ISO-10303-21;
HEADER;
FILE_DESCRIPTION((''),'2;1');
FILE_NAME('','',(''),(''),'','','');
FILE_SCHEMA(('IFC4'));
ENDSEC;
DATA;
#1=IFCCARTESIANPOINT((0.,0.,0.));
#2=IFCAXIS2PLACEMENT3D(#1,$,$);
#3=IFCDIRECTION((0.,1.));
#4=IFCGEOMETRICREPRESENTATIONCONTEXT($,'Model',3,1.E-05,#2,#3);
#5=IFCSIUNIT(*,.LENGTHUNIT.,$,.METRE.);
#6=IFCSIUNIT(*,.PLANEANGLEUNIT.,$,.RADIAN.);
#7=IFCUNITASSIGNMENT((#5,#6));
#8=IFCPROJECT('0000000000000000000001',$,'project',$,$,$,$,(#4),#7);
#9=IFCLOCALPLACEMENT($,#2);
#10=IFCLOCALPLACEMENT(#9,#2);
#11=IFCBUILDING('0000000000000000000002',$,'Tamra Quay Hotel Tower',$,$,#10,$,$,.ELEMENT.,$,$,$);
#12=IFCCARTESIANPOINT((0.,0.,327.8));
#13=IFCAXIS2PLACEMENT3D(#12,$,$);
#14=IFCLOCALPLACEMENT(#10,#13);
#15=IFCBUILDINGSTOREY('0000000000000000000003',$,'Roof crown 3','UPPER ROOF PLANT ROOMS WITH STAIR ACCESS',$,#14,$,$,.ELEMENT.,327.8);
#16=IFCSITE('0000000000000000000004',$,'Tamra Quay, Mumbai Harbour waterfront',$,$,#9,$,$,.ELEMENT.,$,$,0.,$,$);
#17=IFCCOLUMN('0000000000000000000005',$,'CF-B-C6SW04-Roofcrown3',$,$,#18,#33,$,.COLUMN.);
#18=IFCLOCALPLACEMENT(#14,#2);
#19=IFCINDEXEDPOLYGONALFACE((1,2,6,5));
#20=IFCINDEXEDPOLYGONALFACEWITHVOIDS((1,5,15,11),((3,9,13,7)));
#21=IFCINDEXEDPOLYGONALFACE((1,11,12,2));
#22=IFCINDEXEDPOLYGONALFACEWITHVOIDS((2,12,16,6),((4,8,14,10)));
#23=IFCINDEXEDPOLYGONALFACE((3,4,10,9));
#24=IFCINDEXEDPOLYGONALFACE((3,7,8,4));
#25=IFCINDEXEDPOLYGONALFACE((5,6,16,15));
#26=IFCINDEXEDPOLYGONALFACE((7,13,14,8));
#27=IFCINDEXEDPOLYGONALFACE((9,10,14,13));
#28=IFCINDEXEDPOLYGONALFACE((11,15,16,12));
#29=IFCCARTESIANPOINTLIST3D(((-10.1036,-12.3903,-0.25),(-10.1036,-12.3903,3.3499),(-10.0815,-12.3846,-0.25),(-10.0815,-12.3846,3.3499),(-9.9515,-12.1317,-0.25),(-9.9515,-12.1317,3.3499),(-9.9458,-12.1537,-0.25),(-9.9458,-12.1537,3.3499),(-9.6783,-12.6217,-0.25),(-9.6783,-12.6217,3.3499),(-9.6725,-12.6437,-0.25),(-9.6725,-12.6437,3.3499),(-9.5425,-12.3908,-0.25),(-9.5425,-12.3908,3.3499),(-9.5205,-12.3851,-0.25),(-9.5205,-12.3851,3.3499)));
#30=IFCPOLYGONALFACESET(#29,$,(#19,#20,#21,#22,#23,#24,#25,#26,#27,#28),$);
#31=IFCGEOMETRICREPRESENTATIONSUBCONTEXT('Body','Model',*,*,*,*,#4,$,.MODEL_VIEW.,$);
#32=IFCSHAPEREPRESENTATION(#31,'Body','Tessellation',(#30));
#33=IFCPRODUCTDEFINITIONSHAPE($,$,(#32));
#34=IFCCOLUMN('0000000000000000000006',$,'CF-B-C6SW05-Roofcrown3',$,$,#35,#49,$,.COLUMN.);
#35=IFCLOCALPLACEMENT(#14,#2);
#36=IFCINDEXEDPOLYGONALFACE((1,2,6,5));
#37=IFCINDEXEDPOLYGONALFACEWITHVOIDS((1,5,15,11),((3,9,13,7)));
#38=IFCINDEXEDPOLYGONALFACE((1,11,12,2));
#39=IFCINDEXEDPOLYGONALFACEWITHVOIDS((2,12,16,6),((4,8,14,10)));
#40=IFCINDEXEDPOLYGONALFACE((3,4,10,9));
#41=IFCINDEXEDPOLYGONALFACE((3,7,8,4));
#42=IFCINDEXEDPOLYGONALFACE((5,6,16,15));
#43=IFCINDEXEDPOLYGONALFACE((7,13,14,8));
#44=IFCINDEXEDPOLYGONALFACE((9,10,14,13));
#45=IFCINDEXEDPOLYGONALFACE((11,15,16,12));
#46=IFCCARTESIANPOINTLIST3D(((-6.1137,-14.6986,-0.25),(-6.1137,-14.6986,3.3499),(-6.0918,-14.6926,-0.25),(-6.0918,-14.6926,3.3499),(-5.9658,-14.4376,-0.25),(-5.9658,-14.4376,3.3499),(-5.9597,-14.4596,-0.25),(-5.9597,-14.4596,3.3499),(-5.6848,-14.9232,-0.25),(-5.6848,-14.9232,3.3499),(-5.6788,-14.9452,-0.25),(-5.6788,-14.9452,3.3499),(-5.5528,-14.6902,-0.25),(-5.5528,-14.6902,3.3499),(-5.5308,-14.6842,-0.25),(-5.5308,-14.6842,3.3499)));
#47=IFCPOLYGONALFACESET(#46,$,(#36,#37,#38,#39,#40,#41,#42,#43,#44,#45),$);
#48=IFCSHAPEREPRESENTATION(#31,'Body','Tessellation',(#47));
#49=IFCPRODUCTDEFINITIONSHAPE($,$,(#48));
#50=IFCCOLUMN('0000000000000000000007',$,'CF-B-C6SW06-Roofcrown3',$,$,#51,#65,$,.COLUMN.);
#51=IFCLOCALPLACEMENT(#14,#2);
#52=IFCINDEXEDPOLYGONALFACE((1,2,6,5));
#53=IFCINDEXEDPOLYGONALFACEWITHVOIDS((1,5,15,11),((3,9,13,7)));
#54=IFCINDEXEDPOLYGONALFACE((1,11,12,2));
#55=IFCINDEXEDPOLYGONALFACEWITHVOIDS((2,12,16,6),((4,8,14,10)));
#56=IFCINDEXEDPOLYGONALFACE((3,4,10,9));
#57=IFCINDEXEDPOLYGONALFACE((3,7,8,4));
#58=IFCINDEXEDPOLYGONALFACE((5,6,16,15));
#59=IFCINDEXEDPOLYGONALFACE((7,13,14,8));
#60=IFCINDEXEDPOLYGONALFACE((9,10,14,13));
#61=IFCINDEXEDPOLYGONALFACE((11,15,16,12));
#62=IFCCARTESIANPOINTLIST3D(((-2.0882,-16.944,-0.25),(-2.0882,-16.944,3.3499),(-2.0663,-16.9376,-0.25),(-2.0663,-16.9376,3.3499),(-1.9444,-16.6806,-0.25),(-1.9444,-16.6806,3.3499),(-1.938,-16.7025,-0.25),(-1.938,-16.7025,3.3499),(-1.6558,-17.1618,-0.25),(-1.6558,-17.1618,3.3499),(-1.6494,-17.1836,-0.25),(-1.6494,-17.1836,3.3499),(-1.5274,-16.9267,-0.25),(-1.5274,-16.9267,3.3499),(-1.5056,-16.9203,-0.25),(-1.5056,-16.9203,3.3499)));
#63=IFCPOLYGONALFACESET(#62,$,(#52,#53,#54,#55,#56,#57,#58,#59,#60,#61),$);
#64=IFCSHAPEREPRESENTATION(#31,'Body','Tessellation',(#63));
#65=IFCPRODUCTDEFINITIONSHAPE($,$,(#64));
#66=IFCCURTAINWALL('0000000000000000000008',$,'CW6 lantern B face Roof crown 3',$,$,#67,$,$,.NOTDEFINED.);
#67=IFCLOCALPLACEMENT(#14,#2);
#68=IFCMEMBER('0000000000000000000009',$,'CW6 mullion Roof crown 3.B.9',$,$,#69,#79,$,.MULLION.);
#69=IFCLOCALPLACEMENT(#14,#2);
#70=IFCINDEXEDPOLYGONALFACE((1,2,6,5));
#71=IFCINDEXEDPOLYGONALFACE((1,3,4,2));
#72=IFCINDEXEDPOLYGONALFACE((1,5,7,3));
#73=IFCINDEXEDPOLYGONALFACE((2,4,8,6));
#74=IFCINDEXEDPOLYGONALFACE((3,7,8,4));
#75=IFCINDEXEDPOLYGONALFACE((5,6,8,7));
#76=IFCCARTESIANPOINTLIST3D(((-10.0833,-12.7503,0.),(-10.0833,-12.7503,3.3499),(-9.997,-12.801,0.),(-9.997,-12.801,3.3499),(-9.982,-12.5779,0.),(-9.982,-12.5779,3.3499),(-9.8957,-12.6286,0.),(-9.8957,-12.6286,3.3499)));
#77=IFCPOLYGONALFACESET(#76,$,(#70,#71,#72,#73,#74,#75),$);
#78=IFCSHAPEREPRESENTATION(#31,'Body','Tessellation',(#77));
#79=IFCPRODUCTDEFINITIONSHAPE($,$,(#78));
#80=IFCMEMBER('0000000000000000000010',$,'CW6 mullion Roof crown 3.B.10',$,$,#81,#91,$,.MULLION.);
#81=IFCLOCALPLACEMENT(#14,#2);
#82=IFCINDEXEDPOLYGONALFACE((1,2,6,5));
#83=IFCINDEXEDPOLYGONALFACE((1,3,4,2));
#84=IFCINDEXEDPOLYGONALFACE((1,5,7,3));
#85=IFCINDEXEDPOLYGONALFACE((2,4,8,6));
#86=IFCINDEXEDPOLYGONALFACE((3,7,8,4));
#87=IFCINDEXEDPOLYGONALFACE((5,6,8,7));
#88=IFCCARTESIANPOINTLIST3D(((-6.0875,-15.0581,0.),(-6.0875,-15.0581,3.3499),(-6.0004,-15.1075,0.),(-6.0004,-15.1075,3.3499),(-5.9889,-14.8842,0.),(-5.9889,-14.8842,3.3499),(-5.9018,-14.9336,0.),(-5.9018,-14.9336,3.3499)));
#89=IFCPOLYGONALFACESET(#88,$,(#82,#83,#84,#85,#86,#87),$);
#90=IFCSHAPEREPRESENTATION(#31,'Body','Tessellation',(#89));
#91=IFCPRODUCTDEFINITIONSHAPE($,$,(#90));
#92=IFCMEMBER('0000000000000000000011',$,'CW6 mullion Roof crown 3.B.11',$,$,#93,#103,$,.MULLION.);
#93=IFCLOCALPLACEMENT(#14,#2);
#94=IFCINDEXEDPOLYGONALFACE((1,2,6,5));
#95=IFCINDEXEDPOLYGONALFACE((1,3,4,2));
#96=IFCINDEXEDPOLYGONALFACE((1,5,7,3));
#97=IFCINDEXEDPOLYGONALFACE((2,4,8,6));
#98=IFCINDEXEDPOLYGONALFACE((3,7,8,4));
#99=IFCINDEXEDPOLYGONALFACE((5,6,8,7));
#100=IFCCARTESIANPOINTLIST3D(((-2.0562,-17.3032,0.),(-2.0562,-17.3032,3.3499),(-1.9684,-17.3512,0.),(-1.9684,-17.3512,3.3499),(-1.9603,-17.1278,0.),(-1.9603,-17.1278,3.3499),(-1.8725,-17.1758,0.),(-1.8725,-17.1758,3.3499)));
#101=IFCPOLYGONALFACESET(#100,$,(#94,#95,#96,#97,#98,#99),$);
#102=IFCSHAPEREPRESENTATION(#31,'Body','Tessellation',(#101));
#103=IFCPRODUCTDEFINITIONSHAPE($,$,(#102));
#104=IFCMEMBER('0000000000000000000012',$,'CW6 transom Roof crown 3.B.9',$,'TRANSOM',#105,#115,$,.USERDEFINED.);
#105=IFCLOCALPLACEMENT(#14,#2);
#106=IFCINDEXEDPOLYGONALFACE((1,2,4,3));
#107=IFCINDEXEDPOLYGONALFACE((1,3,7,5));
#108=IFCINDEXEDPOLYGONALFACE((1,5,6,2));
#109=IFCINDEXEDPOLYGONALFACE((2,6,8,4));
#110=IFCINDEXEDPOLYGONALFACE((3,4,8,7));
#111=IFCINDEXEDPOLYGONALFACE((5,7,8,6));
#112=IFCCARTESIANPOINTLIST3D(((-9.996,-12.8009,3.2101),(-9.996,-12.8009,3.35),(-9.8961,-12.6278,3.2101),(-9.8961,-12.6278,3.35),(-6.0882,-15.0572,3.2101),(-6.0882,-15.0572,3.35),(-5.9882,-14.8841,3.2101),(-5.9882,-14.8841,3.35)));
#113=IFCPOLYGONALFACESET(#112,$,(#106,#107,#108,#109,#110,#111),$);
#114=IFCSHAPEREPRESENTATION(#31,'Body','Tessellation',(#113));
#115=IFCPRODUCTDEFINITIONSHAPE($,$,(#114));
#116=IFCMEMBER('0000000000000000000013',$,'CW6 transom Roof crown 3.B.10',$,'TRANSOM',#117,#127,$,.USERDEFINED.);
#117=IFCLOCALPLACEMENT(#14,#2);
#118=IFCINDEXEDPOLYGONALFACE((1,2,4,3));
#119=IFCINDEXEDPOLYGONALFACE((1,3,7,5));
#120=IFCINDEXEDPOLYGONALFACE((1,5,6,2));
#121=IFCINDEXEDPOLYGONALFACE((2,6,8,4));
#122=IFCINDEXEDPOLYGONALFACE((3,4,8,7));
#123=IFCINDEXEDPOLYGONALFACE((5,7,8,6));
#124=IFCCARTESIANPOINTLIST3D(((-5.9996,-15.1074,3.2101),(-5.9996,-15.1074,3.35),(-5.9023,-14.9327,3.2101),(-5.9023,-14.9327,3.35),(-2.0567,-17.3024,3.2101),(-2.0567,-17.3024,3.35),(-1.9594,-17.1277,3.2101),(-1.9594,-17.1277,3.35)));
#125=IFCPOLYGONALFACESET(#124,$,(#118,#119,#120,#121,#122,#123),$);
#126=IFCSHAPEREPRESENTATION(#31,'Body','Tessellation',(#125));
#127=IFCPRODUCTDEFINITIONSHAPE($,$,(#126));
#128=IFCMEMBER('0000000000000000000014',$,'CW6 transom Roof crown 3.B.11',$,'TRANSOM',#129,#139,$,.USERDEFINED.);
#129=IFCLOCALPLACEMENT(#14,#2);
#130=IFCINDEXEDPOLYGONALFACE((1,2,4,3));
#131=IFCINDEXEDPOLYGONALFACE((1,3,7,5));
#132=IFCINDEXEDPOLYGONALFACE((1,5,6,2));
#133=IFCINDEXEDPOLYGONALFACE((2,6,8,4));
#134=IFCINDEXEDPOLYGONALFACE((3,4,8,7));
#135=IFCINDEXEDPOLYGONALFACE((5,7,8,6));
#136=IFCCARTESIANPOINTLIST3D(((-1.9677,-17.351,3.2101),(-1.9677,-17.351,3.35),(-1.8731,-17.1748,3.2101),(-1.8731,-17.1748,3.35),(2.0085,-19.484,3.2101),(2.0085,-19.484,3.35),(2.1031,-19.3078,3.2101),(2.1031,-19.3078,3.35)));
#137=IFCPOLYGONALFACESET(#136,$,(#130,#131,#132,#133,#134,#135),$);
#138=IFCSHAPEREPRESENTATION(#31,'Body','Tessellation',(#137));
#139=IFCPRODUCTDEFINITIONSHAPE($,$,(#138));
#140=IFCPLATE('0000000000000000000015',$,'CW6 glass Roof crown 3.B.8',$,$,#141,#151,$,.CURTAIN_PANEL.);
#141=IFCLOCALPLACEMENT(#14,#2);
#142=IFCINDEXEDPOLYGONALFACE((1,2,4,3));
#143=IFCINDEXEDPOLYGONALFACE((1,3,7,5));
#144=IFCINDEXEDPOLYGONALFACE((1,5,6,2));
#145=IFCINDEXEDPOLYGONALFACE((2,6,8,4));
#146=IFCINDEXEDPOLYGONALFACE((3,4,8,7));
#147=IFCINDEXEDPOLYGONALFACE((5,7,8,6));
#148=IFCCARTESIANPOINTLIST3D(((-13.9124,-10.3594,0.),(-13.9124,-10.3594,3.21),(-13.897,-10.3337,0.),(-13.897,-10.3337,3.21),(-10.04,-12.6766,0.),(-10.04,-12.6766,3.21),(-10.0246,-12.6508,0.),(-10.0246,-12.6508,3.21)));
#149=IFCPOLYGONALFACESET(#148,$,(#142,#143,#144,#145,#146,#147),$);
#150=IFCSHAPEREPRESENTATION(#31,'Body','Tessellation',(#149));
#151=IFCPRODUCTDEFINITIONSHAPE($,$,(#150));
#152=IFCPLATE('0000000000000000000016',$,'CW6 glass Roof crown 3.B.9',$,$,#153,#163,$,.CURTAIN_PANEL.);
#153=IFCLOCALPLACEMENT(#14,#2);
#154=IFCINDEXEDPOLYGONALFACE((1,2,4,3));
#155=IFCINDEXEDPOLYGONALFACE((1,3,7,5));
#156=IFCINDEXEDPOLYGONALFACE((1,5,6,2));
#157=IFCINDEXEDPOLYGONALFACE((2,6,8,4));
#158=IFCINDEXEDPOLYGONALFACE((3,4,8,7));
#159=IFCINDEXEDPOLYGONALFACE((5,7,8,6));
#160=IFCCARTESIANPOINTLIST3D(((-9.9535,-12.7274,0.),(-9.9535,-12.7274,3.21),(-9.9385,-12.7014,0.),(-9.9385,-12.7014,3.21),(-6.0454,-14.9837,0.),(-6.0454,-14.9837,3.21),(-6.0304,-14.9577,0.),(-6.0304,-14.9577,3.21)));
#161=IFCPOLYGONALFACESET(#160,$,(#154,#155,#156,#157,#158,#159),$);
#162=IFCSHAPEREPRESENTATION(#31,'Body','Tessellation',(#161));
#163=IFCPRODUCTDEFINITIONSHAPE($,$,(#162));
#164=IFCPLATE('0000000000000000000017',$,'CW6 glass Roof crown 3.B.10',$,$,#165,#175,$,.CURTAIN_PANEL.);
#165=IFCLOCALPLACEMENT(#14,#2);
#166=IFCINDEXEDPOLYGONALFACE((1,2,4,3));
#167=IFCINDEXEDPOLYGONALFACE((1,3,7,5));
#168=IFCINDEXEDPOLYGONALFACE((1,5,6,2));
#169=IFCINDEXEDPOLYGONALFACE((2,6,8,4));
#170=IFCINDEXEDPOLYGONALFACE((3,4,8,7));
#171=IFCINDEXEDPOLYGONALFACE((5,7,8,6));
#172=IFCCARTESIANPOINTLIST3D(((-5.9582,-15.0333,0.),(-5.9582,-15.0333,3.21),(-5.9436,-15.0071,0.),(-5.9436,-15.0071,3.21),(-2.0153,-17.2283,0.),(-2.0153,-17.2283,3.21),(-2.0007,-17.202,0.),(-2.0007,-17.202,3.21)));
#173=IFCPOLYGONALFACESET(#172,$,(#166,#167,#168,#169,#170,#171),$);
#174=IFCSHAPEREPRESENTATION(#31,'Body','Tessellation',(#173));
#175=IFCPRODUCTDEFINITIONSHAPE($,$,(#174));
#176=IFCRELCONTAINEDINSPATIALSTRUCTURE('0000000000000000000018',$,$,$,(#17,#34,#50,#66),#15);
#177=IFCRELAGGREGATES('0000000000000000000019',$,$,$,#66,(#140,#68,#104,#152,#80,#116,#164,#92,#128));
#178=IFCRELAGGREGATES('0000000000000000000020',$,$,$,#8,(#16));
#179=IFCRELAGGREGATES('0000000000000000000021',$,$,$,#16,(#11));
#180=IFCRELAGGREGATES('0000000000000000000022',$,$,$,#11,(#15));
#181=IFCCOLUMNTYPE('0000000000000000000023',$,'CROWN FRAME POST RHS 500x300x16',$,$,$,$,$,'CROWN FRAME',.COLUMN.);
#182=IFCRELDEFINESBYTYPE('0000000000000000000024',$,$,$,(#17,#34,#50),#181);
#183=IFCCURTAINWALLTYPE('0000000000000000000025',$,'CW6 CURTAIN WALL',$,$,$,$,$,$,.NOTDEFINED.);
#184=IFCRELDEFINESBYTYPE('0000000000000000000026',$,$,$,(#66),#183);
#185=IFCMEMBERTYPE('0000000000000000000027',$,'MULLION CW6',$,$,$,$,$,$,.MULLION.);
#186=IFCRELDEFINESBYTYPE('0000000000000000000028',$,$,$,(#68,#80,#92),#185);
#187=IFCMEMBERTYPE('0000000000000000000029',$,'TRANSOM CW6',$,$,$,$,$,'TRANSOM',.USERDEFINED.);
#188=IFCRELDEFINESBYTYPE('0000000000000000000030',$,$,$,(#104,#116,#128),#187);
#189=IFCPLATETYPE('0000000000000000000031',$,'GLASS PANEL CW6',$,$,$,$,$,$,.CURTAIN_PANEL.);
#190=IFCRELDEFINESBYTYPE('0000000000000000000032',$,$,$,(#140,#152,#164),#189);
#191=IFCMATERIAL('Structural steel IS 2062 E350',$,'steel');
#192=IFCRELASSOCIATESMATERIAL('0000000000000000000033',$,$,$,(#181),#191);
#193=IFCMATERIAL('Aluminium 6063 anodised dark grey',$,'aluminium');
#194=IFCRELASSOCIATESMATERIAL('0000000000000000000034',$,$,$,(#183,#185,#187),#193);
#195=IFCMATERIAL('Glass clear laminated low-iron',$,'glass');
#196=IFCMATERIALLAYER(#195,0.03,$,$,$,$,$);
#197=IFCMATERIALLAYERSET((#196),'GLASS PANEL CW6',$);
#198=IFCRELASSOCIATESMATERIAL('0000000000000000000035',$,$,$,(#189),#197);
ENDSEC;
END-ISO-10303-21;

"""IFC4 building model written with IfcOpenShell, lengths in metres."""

from ifc_helpers import new_model, si_unit, direction, frame, origin, origin_2d, place, context, subcontext, project, spatial, rectangle, hollow_rectangle, extrude, material, layer, layer_set, material_profile, profile_set, type_object, element, aggregate, save


model = new_model("IFC4")

# Units and contexts
model_context = context("Model", 3, precision=1e-05, world=origin(), true_north=direction((0.0, 1.0)))
body_context = subcontext(model_context, "Body", "Model", "MODEL_VIEW")
ifc_project = project(units=[si_unit("LENGTHUNIT", "METRE"), si_unit("PLANEANGLEUNIT", "RADIAN")], contexts=[model_context])

# Site, building, storey
site_placement = place(None, origin())
site = spatial("IfcSite", under=ifc_project, at=site_placement, Name="Tamra Quay, Mumbai Harbour waterfront", CompositionType="ELEMENT", RefElevation=0.0)
building_placement = place(site_placement, origin())
building = spatial("IfcBuilding", under=site, at=building_placement, Name="Tamra Quay Hotel Tower", CompositionType="ELEMENT")
storey_placement = place(building_placement, frame((0.0, 0.0, 327.8)))
storey = spatial("IfcBuildingStorey", under=building, at=storey_placement, Name="Roof crown 3", Description="UPPER ROOF PLANT ROOMS WITH STAIR ACCESS", CompositionType="ELEMENT", Elevation=327.8)

# Columns
ifc_material_1 = material(Name="Structural steel IS 2062 E350", Category="steel")
ifc_material_profile_1 = material_profile(ifc_material_1, hollow_rectangle(XDim=0.3, YDim=0.5, WallThickness=0.0161, at=origin_2d()), Name="RHS 500x300x16")
ifc_profile_set_1 = profile_set([ifc_material_profile_1], Name="Structural steel IS 2062 E350")
column_type = type_object("IfcColumnType", Name="CROWN FRAME POST RHS 500x300x16", ElementType="CROWN FRAME", PredefinedType="COLUMN", material=ifc_profile_set_1)
for number, where, z_axis, x_axis, name in (
    (1, (-9.812, -12.3877, -0.25), (0.0, 0.0, 1.0), (0.506843, 0.862038, 0.0), "CF-B-C6SW04-Roofcrown3"),
    (2, (-5.8223, -14.6914, -0.25), (0.0, 0.0, 1.0), (0.493125, 0.869958, 0.0), "CF-B-C6SW05-Roofcrown3"),
    (3, (-1.7969, -16.9321, -0.25), (0.0, 0.0, 1.0), (0.479288, 0.877658, 0.0), "CF-B-C6SW06-Roofcrown3"),
):
    element("IfcColumn", number, at=place(storey_placement, frame(where, z_axis=z_axis, x_axis=x_axis)), inside=storey, type_object=column_type, Name=name, PredefinedType="COLUMN", context=body_context, shape_type="SweptSolid", body=[
        extrude(hollow_rectangle(XDim=0.3, YDim=0.5, WallThickness=0.0161, at=origin_2d()), origin(), (0.0, 0.0, 1.0), 3.5999),
    ])

# Curtain wall, members, plates
ifc_material_2 = material(Name="Aluminium 6063 anodised dark grey", Category="aluminium")
curtain_wall_type = type_object("IfcCurtainWallType", Name="CW6 CURTAIN WALL", PredefinedType="NOTDEFINED", material=ifc_material_2)
curtain_wall_placement = place(storey_placement, origin())
curtain_wall = element("IfcCurtainWall", 4, at=curtain_wall_placement, inside=storey, type_object=curtain_wall_type, Name="CW6 lantern B face Roof crown 3", PredefinedType="NOTDEFINED")
ifc_material_profile_2 = material_profile(ifc_material_2, rectangle(XDim=0.2, YDim=0.1001, at=origin_2d()), Name="MULLION 100X200")
ifc_profile_set_2 = profile_set([ifc_material_profile_2], Name="Aluminium 6063 anodised dark grey")
member_type_1 = type_object("IfcMemberType", Name="MULLION CW6", PredefinedType="MULLION", material=ifc_profile_set_2)
member_1_placement = place(storey_placement, frame((-9.9895, -12.6895, 0.0), z_axis=(0.0, 0.0, 1.0), x_axis=(-0.506754, -0.862091, 0.0)))
member_1 = element("IfcMember", 5, at=member_1_placement, type_object=member_type_1, Name="CW6 mullion Roof crown 3.B.9", PredefinedType="MULLION", context=body_context, shape_type="SweptSolid", body=[
    extrude(rectangle(XDim=0.2, YDim=0.1001, at=origin_2d()), origin(), (0.0, 0.0, 1.0), 3.3499),
])
member_2_placement = place(storey_placement, frame((-5.9946, -14.9958, 0.0), z_axis=(0.0, 0.0, 1.0), x_axis=(-0.493216, -0.869907, 0.0)))
member_2 = element("IfcMember", 6, at=member_2_placement, type_object=member_type_1, Name="CW6 mullion Roof crown 3.B.10", PredefinedType="MULLION", context=body_context, shape_type="SweptSolid", body=[
    extrude(rectangle(XDim=0.2, YDim=0.1001, at=origin_2d()), origin(), (0.0, 0.0, 1.0), 3.3499),
])
member_3_placement = place(storey_placement, frame((-1.9644, -17.2395, 0.0), z_axis=(0.0, 0.0, 1.0), x_axis=(-0.479565, -0.877506, 0.0)))
member_3 = element("IfcMember", 7, at=member_3_placement, type_object=member_type_1, Name="CW6 mullion Roof crown 3.B.11", PredefinedType="MULLION", context=body_context, shape_type="SweptSolid", body=[
    extrude(rectangle(XDim=0.2, YDim=0.1001, at=origin_2d()), origin(), (0.0, 0.0, 1.0), 3.3499),
])
ifc_material_profile_3 = material_profile(ifc_material_2, rectangle(XDim=0.2, YDim=0.1399, at=origin_2d()), Name="TRANSOM 200X140")
ifc_profile_set_3 = profile_set([ifc_material_profile_3], Name="Aluminium 6063 anodised dark grey")
member_type_2 = type_object("IfcMemberType", Name="TRANSOM CW6", ElementType="TRANSOM", PredefinedType="USERDEFINED", material=ifc_profile_set_3)
member_4_placement = place(storey_placement, frame((-9.946, -12.7144, 3.28), z_axis=(0.866017, -0.500014, 0.0), x_axis=(0.500014, 0.866017, 0.0)))
member_4 = element("IfcMember", 8, at=member_4_placement, type_object=member_type_2, Name="CW6 transom Roof crown 3.B.9", ObjectType="TRANSOM", PredefinedType="USERDEFINED", context=body_context, shape_type="SweptSolid", body=[
    extrude(rectangle(XDim=0.2, YDim=0.1399, at=origin_2d()), origin(), (0.0, 0.0, 1.0), 4.5125),
])
member_5_placement = place(storey_placement, frame((-5.9509, -15.02, 3.28), z_axis=(0.873726, -0.486419, 0.0), x_axis=(0.486419, 0.873726, 0.0)))
member_5 = element("IfcMember", 9, at=member_5_placement, type_object=member_type_2, Name="CW6 transom Roof crown 3.B.10", ObjectType="TRANSOM", PredefinedType="USERDEFINED", context=body_context, shape_type="SweptSolid", body=[
    extrude(rectangle(XDim=0.2, YDim=0.1399, at=origin_2d()), origin(), (0.0, 0.0, 1.0), 4.5127),
])
member_6_placement = place(storey_placement, frame((-1.9204, -17.2629, 3.28), z_axis=(0.881214, -0.472718, 0.0), x_axis=(0.472718, 0.881214, 0.0)))
member_6 = element("IfcMember", 10, at=member_6_placement, type_object=member_type_2, Name="CW6 transom Roof crown 3.B.11", ObjectType="TRANSOM", PredefinedType="USERDEFINED", context=body_context, shape_type="SweptSolid", body=[
    extrude(rectangle(XDim=0.2, YDim=0.1399, at=origin_2d()), origin(), (0.0, 0.0, 1.0), 4.5122),
])
ifc_material_3 = material(Name="Glass clear laminated low-iron", Category="glass")
ifc_layer_1 = layer(ifc_material_3, 0.03)
ifc_layer_set_1 = layer_set([ifc_layer_1], Name="GLASS PANEL CW6")
plate_type = type_object("IfcPlateType", Name="GLASS PANEL CW6", PredefinedType="CURTAIN_PANEL", material=ifc_layer_set_1)
plate_1_placement = place(storey_placement, frame((-11.9685, -11.5051, 0.0), z_axis=(0.0, 0.0, 1.0), x_axis=(0.858104, -0.513477, 0.0)))
plate_1 = element("IfcPlate", 11, at=plate_1_placement, type_object=plate_type, Name="CW6 glass Roof crown 3.B.8", PredefinedType="CURTAIN_PANEL", context=body_context, shape_type="SweptSolid", body=[
    extrude(rectangle(XDim=4.5127, YDim=0.03, at=origin_2d()), origin(), (0.0, 0.0, 1.0), 3.21),
])
plate_2_placement = place(storey_placement, frame((-7.9919, -13.8425, 0.0), z_axis=(0.0, 0.0, 1.0), x_axis=(0.866025, -0.5, 0.0)))
plate_2 = element("IfcPlate", 12, at=plate_2_placement, type_object=plate_type, Name="CW6 glass Roof crown 3.B.9", PredefinedType="CURTAIN_PANEL", context=body_context, shape_type="SweptSolid", body=[
    extrude(rectangle(XDim=4.5127, YDim=0.03, at=origin_2d()), origin(), (0.0, 0.0, 1.0), 3.21),
])
plate_3_placement = place(storey_placement, frame((-3.9795, -16.1177, 0.0), z_axis=(0.0, 0.0, 1.0), x_axis=(0.873736, -0.486401, 0.0)))
plate_3 = element("IfcPlate", 13, at=plate_3_placement, type_object=plate_type, Name="CW6 glass Roof crown 3.B.10", PredefinedType="CURTAIN_PANEL", context=body_context, shape_type="SweptSolid", body=[
    extrude(rectangle(XDim=4.5127, YDim=0.03, at=origin_2d()), origin(), (0.0, 0.0, 1.0), 3.21),
])
aggregate(curtain_wall, [plate_1, member_1, member_4, plate_2, member_2, member_5, plate_3, member_3, member_6])

save(model, "model.ifc")
